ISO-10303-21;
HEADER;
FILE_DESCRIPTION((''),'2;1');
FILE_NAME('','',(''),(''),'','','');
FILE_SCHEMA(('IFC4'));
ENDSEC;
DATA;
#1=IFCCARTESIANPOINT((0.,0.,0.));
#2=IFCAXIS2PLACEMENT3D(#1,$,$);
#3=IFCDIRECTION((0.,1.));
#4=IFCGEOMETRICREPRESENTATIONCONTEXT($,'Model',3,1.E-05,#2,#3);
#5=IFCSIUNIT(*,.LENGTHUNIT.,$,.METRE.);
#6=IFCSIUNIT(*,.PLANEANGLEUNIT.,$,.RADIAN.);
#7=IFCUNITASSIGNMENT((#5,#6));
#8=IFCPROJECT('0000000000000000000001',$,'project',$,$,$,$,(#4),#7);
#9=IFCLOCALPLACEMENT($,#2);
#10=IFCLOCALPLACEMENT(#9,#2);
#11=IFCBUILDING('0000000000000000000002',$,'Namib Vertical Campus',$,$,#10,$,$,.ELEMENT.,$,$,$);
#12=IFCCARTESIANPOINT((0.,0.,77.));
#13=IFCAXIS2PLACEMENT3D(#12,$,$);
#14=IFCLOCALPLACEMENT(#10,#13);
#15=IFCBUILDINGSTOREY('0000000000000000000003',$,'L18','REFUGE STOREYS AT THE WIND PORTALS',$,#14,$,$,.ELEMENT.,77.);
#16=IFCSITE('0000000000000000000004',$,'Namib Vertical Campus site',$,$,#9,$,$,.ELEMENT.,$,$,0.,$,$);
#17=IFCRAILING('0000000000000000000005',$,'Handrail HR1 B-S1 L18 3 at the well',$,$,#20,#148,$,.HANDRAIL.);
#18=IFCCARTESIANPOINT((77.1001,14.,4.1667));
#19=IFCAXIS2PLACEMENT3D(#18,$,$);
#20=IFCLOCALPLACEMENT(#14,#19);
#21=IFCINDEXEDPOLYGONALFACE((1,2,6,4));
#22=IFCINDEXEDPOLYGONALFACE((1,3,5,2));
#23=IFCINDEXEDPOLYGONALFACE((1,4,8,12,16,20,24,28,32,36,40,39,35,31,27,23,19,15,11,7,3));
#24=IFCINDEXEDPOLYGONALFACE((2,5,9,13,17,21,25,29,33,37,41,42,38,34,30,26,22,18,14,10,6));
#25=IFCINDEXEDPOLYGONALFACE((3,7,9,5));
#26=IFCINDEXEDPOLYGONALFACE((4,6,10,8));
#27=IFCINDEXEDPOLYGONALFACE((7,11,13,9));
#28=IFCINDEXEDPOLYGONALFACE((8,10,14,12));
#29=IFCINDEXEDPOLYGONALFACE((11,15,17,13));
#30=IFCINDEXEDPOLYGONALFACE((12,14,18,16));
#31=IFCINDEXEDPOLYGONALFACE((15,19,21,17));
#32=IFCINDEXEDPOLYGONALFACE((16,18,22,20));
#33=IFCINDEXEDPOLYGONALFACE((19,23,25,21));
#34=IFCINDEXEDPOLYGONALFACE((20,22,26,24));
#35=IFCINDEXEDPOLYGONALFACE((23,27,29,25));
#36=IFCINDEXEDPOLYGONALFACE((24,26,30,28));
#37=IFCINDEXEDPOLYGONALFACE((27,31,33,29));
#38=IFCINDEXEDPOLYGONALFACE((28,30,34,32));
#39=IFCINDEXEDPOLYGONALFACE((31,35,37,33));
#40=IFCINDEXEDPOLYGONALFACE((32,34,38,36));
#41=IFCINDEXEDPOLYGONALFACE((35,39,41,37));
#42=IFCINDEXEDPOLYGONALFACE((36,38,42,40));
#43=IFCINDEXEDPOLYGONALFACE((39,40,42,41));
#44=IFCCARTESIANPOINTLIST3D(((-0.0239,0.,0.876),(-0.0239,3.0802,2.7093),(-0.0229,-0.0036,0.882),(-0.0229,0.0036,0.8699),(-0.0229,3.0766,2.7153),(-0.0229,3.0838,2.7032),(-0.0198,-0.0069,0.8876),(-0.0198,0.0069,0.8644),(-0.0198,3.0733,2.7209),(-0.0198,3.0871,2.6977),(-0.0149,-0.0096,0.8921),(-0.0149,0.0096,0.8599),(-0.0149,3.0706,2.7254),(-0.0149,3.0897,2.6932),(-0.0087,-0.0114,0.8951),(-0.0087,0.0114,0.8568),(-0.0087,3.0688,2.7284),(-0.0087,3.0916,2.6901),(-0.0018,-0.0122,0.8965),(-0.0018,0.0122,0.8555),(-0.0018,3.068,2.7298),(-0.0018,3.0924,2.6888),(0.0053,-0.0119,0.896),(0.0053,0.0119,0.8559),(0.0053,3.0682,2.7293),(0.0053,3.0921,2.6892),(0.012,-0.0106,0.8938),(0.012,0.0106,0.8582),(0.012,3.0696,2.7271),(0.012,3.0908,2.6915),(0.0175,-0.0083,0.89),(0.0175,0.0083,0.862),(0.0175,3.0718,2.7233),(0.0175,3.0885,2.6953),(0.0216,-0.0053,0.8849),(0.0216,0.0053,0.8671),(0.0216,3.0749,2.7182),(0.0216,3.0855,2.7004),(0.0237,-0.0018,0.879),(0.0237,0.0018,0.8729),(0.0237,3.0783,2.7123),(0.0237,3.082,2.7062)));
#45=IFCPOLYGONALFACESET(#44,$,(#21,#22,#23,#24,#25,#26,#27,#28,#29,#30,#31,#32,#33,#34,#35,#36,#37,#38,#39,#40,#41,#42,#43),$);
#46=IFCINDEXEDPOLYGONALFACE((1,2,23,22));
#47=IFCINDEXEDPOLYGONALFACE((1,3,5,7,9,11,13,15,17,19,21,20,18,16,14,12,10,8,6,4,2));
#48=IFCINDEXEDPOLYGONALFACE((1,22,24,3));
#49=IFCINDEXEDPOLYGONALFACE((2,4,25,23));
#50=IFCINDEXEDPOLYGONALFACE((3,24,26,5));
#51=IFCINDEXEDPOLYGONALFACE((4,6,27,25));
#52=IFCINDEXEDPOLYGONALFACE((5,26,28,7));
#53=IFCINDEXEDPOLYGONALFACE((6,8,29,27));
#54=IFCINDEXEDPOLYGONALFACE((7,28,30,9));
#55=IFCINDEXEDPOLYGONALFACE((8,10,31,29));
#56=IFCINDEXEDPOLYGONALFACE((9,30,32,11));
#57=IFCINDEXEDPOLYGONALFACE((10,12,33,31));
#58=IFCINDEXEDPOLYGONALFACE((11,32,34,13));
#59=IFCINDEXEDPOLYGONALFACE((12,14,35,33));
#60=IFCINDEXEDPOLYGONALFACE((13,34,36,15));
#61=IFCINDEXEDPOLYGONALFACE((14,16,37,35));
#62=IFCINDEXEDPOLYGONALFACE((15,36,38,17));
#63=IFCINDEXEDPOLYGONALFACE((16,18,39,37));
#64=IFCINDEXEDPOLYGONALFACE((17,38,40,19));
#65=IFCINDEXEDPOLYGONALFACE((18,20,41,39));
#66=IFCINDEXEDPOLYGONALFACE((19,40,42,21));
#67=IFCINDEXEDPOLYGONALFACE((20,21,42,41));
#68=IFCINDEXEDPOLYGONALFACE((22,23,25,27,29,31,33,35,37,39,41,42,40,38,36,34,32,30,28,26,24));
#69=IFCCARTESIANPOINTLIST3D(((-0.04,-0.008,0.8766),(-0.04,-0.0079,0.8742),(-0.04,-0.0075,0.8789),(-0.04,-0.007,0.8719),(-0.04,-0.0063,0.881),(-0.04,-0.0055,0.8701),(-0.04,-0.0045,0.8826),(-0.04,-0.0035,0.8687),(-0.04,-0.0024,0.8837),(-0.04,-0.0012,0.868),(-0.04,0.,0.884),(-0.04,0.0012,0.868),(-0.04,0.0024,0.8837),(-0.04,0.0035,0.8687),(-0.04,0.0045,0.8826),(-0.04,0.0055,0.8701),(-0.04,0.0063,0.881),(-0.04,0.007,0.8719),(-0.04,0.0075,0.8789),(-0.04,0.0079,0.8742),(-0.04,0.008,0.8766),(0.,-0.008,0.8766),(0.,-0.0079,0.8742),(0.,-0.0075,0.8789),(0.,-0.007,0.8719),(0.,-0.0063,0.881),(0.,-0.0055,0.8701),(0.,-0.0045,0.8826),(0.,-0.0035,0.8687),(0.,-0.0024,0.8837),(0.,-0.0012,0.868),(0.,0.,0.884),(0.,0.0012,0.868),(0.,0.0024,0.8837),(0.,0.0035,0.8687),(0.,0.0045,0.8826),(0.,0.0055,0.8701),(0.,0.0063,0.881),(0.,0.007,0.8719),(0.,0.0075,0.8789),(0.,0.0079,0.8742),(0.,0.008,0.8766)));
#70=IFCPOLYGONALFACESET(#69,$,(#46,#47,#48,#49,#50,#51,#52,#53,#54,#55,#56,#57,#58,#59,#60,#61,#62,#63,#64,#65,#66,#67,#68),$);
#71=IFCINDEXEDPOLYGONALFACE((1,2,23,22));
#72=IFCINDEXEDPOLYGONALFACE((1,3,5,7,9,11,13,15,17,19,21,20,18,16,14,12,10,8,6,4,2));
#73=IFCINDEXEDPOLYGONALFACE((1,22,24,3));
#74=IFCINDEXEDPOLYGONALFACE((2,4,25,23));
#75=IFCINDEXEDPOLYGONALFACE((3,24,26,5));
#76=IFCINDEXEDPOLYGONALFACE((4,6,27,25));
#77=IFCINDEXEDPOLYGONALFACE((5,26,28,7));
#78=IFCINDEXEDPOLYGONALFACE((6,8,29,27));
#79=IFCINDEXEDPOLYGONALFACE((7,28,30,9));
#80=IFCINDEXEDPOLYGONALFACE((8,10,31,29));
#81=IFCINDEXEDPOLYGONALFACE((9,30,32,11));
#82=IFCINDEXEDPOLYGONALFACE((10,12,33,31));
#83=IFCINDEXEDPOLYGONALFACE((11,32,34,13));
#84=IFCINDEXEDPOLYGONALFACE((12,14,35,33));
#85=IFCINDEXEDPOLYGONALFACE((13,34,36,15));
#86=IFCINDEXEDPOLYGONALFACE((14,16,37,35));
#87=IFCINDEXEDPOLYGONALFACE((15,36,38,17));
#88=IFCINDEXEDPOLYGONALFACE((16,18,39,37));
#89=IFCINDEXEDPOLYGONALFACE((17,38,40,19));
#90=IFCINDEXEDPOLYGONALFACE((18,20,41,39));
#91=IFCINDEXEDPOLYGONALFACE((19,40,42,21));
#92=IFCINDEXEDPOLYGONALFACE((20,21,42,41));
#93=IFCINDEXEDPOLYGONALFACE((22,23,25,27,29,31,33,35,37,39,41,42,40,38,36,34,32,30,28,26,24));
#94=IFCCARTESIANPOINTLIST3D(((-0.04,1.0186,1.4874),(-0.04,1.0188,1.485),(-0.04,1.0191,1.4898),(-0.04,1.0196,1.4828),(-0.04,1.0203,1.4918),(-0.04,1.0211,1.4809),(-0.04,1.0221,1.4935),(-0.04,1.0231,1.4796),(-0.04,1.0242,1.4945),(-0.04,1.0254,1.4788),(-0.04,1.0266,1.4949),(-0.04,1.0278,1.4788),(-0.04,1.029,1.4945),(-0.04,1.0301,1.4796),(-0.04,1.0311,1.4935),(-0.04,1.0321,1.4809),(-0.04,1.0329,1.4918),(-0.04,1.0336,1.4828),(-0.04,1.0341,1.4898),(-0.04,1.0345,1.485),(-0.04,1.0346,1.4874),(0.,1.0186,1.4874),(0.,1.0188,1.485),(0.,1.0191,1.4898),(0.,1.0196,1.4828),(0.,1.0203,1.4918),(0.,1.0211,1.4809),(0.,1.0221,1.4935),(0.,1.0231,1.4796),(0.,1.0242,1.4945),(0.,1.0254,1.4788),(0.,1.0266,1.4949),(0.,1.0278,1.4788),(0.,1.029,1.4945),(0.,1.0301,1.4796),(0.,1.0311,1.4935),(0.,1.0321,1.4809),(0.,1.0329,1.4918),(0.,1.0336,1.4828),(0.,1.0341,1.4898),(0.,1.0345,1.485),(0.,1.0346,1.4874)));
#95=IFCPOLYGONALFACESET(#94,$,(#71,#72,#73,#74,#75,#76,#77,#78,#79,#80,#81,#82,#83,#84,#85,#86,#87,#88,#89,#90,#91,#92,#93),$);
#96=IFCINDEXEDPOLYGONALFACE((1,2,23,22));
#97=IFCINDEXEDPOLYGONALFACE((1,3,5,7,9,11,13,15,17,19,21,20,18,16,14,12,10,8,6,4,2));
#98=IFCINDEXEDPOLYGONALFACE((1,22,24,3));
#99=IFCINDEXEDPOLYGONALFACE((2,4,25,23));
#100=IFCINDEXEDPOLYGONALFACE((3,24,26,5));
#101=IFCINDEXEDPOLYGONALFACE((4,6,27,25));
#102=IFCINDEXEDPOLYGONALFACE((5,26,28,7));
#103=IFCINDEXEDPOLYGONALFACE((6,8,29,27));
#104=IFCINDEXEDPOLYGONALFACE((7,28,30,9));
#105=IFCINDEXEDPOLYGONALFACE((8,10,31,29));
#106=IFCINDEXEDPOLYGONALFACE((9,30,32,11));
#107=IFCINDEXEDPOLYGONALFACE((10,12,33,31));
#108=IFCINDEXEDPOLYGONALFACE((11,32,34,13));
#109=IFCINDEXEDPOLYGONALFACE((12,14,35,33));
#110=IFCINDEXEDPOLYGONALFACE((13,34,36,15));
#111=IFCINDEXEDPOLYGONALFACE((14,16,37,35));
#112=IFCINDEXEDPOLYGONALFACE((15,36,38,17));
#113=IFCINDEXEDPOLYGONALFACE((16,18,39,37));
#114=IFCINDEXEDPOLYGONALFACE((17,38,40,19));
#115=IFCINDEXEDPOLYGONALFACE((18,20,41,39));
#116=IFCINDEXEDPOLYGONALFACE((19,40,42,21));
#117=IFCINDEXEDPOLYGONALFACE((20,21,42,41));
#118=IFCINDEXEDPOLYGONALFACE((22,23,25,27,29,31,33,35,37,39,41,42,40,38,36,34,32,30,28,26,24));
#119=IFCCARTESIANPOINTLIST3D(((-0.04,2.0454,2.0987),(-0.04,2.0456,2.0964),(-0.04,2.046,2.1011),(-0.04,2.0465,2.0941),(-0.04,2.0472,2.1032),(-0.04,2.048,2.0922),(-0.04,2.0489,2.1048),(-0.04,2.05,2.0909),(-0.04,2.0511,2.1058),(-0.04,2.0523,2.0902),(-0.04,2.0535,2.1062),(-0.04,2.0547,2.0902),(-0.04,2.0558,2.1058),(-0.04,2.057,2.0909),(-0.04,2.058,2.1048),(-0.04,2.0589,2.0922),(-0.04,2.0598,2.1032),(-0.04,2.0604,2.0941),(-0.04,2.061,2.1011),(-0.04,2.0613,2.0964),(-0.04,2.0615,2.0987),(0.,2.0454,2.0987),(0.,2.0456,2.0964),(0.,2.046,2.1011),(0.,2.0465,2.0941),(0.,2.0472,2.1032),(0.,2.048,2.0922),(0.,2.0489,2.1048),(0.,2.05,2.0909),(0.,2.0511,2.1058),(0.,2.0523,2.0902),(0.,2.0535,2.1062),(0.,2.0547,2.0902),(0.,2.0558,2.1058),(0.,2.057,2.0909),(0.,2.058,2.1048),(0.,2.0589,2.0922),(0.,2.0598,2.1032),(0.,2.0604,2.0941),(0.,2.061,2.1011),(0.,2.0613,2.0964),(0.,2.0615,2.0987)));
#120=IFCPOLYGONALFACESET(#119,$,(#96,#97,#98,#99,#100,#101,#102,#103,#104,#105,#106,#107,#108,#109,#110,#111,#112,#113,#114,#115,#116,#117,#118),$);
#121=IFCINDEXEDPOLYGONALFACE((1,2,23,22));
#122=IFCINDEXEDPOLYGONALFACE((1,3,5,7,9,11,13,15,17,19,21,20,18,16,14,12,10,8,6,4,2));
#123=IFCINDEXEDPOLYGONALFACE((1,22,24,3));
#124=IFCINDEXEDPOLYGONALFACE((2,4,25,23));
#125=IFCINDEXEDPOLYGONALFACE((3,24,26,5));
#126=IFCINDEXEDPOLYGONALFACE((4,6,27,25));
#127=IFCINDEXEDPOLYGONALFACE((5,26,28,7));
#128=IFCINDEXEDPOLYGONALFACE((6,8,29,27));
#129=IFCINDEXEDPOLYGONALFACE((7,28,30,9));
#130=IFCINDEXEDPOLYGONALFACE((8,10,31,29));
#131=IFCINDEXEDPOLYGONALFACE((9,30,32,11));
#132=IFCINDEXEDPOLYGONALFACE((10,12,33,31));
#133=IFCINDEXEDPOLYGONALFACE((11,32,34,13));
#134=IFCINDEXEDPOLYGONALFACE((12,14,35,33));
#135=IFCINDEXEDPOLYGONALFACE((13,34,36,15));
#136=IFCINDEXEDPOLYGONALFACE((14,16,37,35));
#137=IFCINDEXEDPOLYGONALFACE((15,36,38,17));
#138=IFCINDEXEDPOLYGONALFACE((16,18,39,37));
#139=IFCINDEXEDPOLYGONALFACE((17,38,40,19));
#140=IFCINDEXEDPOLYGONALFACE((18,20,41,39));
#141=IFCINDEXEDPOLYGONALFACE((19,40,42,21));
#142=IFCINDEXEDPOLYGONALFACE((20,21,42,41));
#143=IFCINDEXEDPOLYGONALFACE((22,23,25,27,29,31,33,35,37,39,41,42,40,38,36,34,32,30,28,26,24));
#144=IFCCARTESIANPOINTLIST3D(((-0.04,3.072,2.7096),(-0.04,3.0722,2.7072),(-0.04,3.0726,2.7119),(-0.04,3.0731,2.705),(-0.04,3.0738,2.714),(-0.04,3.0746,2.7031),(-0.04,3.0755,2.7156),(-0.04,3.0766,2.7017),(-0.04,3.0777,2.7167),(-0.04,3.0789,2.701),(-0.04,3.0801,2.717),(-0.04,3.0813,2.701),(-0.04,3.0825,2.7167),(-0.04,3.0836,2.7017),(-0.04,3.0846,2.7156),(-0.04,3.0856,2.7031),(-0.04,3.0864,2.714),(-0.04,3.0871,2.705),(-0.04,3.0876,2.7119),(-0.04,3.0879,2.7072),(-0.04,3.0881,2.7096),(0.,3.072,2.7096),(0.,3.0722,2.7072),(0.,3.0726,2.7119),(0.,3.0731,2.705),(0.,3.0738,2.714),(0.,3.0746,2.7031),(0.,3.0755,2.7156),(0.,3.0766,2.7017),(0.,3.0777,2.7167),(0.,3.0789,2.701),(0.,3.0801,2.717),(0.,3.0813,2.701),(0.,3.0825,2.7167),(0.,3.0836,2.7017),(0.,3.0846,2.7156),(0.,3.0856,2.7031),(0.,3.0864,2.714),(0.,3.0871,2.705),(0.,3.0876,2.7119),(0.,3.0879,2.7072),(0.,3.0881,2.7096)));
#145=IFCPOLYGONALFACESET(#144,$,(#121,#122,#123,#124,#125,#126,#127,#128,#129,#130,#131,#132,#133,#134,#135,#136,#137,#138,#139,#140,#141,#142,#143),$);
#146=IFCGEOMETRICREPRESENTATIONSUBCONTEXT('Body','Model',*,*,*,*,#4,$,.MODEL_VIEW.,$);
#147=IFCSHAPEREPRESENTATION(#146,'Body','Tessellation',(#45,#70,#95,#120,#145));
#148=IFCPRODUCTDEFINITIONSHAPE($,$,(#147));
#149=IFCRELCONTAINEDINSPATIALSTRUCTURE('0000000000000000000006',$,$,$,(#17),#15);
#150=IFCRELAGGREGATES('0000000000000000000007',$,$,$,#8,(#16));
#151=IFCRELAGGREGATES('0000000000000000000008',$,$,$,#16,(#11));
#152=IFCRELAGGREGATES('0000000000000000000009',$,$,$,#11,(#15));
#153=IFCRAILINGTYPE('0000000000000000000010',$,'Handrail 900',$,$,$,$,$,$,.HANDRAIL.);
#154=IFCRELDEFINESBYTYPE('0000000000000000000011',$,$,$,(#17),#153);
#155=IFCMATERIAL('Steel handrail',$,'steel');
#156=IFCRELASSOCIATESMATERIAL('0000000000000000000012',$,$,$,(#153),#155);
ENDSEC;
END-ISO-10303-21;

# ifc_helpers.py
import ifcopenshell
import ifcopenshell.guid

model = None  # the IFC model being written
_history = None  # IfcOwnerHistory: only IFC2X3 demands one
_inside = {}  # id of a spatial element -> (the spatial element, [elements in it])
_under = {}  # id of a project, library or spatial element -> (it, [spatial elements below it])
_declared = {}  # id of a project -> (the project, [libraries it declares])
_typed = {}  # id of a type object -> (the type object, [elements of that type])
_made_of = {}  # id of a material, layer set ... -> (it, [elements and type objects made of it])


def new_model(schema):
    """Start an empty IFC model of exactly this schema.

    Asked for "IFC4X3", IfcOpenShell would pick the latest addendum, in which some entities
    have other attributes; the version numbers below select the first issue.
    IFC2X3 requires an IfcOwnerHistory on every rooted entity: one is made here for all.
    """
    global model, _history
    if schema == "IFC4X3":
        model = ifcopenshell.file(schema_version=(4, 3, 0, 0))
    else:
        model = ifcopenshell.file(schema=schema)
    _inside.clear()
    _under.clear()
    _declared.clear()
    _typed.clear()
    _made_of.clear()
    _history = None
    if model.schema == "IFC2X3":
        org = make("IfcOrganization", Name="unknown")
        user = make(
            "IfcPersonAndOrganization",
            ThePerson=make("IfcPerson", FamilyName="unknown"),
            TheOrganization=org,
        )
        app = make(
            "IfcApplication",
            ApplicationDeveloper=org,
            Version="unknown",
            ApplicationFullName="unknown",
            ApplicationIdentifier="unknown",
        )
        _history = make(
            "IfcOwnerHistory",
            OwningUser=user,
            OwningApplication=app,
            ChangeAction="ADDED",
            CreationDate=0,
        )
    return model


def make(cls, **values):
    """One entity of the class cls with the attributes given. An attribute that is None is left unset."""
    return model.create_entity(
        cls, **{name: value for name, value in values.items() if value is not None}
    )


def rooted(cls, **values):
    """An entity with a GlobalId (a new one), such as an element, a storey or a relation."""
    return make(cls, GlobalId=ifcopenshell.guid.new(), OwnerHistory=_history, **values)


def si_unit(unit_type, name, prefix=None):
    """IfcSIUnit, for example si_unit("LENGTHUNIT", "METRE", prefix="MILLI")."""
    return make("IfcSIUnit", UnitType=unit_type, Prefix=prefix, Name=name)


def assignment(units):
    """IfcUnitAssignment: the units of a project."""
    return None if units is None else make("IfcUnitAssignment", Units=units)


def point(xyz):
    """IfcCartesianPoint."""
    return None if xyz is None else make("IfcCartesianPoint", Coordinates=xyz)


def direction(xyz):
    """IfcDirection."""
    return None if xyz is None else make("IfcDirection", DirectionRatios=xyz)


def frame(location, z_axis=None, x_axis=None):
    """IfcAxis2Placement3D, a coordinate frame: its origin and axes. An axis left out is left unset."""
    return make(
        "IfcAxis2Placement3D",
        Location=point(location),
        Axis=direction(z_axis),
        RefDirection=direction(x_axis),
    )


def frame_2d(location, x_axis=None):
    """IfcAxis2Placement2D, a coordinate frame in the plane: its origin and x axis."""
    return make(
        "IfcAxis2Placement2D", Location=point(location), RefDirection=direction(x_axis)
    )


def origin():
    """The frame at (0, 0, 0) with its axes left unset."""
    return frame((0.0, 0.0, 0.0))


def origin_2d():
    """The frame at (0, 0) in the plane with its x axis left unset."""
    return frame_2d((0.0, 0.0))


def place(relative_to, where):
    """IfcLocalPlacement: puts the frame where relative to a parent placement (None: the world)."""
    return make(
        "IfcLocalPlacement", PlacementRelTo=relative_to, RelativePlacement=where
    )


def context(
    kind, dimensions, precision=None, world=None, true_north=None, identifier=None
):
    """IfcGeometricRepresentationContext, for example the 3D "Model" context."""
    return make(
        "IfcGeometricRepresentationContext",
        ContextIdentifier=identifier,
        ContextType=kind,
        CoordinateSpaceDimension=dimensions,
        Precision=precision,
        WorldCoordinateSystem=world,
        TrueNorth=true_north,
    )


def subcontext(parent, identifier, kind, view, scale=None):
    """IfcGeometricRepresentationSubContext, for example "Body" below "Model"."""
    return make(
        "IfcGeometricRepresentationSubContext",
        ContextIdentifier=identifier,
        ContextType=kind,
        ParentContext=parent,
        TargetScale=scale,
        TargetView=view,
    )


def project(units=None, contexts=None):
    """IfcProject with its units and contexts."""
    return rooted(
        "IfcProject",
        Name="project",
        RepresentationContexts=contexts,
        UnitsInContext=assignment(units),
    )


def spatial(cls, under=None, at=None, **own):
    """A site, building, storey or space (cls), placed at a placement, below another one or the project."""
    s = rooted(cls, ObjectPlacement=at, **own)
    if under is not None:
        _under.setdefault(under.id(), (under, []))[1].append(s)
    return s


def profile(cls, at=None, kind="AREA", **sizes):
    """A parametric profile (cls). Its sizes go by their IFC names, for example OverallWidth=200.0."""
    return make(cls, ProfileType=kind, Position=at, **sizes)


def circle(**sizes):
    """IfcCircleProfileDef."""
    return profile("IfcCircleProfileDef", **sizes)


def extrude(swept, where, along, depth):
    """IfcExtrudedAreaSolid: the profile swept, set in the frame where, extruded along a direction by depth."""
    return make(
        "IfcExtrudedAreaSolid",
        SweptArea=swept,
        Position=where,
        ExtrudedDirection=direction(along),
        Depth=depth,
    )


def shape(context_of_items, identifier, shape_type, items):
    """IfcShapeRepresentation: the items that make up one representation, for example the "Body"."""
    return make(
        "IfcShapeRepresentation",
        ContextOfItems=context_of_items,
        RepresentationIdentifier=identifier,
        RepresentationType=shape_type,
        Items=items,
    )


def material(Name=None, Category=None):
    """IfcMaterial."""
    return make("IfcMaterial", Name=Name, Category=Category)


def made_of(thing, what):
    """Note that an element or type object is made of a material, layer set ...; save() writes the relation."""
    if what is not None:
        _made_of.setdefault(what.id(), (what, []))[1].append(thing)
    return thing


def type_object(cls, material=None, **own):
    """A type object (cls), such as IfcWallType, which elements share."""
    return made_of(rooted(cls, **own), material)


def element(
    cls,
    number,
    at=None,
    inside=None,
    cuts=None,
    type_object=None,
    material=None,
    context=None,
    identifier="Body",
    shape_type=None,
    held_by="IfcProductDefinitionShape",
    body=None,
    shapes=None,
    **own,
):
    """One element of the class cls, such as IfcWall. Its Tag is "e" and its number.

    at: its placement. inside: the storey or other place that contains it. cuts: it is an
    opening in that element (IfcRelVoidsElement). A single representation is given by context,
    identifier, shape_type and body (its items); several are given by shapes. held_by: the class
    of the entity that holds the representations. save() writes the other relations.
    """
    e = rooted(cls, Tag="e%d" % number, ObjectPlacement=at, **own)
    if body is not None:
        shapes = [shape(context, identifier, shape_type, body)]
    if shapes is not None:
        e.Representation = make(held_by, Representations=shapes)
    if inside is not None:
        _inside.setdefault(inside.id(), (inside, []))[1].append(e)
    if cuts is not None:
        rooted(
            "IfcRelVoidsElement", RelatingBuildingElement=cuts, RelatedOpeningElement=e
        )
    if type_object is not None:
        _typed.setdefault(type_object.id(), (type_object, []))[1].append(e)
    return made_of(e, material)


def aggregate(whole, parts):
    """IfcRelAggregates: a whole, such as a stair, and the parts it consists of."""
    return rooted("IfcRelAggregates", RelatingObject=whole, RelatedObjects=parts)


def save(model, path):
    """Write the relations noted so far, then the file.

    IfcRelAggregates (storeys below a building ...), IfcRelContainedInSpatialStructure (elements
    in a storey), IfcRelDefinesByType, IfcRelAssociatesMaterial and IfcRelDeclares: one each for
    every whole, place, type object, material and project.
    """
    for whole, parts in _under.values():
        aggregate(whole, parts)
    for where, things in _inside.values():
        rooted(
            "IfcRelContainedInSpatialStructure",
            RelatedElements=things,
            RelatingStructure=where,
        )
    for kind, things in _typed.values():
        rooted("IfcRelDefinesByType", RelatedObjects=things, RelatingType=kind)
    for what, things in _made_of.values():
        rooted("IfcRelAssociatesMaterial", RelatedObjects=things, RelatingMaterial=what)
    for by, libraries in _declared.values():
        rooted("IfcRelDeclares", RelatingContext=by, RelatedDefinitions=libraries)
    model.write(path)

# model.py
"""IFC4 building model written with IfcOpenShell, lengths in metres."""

from ifc_helpers import new_model, si_unit, direction, frame, origin, origin_2d, place, context, subcontext, project, spatial, circle, extrude, material, type_object, element, save


model = new_model("IFC4")

# Units and contexts
model_context = context("Model", 3, precision=1e-05, world=origin(), true_north=direction((0.0, 1.0)))
body_context = subcontext(model_context, "Body", "Model", "MODEL_VIEW")
ifc_project = project(units=[si_unit("LENGTHUNIT", "METRE"), si_unit("PLANEANGLEUNIT", "RADIAN")], contexts=[model_context])

# Site, building, storey
site_placement = place(None, origin())
site = spatial("IfcSite", under=ifc_project, at=site_placement, Name="Namib Vertical Campus site", CompositionType="ELEMENT", RefElevation=0.0)
building_placement = place(site_placement, origin())
building = spatial("IfcBuilding", under=site, at=building_placement, Name="Namib Vertical Campus", CompositionType="ELEMENT")
storey_placement = place(building_placement, frame((0.0, 0.0, 77.0)))
storey = spatial("IfcBuildingStorey", under=building, at=storey_placement, Name="L18", Description="REFUGE STOREYS AT THE WIND PORTALS", CompositionType="ELEMENT", Elevation=77.0)

# Railing
ifc_material_1 = material(Name="Steel handrail", Category="steel")
railing_type_1 = type_object("IfcRailingType", Name="Handrail 900", PredefinedType="HANDRAIL", material=ifc_material_1)
for number, where, name in (
    (1, (77.1001, 14.0, 4.1667), "Handrail HR1 B-S1 L18 3 at the well"),
):
    element("IfcRailing", number, at=place(storey_placement, frame(where)), inside=storey, type_object=railing_type_1, Name=name, PredefinedType="HANDRAIL", context=body_context, shape_type="SweptSolid", body=[
        extrude(circle(Radius=0.0239, at=origin_2d()), frame((0.0, 0.0, 0.876), z_axis=(0.0, 0.859309, 0.511458), x_axis=(-1.0, 0.0, 0.0)), (0.0, 0.0, 1.0), 3.5845),
        extrude(circle(Radius=0.0081, at=origin_2d()), frame((0.0, 0.0, 0.876), z_axis=(-1.0, 0.0, 0.0), x_axis=(0.0, 0.0, 1.0)), (0.0, 0.0, 1.0), 0.04),
        extrude(circle(Radius=0.0081, at=origin_2d()), frame((0.0, 1.0266, 1.4868), z_axis=(-1.0, 0.0, 0.0), x_axis=(0.0, 0.0, 1.0)), (0.0, 0.0, 1.0), 0.04),
        extrude(circle(Radius=0.0081, at=origin_2d()), frame((0.0, 2.0535, 2.0981), z_axis=(-1.0, 0.0, 0.0), x_axis=(0.0, 0.0, 1.0)), (0.0, 0.0, 1.0), 0.04),
        extrude(circle(Radius=0.0081, at=origin_2d()), frame((0.0, 3.0801, 2.709), z_axis=(-1.0, 0.0, 0.0), x_axis=(0.0, 0.0, 1.0)), (0.0, 0.0, 1.0), 0.04),
    ])

save(model, "model.ifc")
